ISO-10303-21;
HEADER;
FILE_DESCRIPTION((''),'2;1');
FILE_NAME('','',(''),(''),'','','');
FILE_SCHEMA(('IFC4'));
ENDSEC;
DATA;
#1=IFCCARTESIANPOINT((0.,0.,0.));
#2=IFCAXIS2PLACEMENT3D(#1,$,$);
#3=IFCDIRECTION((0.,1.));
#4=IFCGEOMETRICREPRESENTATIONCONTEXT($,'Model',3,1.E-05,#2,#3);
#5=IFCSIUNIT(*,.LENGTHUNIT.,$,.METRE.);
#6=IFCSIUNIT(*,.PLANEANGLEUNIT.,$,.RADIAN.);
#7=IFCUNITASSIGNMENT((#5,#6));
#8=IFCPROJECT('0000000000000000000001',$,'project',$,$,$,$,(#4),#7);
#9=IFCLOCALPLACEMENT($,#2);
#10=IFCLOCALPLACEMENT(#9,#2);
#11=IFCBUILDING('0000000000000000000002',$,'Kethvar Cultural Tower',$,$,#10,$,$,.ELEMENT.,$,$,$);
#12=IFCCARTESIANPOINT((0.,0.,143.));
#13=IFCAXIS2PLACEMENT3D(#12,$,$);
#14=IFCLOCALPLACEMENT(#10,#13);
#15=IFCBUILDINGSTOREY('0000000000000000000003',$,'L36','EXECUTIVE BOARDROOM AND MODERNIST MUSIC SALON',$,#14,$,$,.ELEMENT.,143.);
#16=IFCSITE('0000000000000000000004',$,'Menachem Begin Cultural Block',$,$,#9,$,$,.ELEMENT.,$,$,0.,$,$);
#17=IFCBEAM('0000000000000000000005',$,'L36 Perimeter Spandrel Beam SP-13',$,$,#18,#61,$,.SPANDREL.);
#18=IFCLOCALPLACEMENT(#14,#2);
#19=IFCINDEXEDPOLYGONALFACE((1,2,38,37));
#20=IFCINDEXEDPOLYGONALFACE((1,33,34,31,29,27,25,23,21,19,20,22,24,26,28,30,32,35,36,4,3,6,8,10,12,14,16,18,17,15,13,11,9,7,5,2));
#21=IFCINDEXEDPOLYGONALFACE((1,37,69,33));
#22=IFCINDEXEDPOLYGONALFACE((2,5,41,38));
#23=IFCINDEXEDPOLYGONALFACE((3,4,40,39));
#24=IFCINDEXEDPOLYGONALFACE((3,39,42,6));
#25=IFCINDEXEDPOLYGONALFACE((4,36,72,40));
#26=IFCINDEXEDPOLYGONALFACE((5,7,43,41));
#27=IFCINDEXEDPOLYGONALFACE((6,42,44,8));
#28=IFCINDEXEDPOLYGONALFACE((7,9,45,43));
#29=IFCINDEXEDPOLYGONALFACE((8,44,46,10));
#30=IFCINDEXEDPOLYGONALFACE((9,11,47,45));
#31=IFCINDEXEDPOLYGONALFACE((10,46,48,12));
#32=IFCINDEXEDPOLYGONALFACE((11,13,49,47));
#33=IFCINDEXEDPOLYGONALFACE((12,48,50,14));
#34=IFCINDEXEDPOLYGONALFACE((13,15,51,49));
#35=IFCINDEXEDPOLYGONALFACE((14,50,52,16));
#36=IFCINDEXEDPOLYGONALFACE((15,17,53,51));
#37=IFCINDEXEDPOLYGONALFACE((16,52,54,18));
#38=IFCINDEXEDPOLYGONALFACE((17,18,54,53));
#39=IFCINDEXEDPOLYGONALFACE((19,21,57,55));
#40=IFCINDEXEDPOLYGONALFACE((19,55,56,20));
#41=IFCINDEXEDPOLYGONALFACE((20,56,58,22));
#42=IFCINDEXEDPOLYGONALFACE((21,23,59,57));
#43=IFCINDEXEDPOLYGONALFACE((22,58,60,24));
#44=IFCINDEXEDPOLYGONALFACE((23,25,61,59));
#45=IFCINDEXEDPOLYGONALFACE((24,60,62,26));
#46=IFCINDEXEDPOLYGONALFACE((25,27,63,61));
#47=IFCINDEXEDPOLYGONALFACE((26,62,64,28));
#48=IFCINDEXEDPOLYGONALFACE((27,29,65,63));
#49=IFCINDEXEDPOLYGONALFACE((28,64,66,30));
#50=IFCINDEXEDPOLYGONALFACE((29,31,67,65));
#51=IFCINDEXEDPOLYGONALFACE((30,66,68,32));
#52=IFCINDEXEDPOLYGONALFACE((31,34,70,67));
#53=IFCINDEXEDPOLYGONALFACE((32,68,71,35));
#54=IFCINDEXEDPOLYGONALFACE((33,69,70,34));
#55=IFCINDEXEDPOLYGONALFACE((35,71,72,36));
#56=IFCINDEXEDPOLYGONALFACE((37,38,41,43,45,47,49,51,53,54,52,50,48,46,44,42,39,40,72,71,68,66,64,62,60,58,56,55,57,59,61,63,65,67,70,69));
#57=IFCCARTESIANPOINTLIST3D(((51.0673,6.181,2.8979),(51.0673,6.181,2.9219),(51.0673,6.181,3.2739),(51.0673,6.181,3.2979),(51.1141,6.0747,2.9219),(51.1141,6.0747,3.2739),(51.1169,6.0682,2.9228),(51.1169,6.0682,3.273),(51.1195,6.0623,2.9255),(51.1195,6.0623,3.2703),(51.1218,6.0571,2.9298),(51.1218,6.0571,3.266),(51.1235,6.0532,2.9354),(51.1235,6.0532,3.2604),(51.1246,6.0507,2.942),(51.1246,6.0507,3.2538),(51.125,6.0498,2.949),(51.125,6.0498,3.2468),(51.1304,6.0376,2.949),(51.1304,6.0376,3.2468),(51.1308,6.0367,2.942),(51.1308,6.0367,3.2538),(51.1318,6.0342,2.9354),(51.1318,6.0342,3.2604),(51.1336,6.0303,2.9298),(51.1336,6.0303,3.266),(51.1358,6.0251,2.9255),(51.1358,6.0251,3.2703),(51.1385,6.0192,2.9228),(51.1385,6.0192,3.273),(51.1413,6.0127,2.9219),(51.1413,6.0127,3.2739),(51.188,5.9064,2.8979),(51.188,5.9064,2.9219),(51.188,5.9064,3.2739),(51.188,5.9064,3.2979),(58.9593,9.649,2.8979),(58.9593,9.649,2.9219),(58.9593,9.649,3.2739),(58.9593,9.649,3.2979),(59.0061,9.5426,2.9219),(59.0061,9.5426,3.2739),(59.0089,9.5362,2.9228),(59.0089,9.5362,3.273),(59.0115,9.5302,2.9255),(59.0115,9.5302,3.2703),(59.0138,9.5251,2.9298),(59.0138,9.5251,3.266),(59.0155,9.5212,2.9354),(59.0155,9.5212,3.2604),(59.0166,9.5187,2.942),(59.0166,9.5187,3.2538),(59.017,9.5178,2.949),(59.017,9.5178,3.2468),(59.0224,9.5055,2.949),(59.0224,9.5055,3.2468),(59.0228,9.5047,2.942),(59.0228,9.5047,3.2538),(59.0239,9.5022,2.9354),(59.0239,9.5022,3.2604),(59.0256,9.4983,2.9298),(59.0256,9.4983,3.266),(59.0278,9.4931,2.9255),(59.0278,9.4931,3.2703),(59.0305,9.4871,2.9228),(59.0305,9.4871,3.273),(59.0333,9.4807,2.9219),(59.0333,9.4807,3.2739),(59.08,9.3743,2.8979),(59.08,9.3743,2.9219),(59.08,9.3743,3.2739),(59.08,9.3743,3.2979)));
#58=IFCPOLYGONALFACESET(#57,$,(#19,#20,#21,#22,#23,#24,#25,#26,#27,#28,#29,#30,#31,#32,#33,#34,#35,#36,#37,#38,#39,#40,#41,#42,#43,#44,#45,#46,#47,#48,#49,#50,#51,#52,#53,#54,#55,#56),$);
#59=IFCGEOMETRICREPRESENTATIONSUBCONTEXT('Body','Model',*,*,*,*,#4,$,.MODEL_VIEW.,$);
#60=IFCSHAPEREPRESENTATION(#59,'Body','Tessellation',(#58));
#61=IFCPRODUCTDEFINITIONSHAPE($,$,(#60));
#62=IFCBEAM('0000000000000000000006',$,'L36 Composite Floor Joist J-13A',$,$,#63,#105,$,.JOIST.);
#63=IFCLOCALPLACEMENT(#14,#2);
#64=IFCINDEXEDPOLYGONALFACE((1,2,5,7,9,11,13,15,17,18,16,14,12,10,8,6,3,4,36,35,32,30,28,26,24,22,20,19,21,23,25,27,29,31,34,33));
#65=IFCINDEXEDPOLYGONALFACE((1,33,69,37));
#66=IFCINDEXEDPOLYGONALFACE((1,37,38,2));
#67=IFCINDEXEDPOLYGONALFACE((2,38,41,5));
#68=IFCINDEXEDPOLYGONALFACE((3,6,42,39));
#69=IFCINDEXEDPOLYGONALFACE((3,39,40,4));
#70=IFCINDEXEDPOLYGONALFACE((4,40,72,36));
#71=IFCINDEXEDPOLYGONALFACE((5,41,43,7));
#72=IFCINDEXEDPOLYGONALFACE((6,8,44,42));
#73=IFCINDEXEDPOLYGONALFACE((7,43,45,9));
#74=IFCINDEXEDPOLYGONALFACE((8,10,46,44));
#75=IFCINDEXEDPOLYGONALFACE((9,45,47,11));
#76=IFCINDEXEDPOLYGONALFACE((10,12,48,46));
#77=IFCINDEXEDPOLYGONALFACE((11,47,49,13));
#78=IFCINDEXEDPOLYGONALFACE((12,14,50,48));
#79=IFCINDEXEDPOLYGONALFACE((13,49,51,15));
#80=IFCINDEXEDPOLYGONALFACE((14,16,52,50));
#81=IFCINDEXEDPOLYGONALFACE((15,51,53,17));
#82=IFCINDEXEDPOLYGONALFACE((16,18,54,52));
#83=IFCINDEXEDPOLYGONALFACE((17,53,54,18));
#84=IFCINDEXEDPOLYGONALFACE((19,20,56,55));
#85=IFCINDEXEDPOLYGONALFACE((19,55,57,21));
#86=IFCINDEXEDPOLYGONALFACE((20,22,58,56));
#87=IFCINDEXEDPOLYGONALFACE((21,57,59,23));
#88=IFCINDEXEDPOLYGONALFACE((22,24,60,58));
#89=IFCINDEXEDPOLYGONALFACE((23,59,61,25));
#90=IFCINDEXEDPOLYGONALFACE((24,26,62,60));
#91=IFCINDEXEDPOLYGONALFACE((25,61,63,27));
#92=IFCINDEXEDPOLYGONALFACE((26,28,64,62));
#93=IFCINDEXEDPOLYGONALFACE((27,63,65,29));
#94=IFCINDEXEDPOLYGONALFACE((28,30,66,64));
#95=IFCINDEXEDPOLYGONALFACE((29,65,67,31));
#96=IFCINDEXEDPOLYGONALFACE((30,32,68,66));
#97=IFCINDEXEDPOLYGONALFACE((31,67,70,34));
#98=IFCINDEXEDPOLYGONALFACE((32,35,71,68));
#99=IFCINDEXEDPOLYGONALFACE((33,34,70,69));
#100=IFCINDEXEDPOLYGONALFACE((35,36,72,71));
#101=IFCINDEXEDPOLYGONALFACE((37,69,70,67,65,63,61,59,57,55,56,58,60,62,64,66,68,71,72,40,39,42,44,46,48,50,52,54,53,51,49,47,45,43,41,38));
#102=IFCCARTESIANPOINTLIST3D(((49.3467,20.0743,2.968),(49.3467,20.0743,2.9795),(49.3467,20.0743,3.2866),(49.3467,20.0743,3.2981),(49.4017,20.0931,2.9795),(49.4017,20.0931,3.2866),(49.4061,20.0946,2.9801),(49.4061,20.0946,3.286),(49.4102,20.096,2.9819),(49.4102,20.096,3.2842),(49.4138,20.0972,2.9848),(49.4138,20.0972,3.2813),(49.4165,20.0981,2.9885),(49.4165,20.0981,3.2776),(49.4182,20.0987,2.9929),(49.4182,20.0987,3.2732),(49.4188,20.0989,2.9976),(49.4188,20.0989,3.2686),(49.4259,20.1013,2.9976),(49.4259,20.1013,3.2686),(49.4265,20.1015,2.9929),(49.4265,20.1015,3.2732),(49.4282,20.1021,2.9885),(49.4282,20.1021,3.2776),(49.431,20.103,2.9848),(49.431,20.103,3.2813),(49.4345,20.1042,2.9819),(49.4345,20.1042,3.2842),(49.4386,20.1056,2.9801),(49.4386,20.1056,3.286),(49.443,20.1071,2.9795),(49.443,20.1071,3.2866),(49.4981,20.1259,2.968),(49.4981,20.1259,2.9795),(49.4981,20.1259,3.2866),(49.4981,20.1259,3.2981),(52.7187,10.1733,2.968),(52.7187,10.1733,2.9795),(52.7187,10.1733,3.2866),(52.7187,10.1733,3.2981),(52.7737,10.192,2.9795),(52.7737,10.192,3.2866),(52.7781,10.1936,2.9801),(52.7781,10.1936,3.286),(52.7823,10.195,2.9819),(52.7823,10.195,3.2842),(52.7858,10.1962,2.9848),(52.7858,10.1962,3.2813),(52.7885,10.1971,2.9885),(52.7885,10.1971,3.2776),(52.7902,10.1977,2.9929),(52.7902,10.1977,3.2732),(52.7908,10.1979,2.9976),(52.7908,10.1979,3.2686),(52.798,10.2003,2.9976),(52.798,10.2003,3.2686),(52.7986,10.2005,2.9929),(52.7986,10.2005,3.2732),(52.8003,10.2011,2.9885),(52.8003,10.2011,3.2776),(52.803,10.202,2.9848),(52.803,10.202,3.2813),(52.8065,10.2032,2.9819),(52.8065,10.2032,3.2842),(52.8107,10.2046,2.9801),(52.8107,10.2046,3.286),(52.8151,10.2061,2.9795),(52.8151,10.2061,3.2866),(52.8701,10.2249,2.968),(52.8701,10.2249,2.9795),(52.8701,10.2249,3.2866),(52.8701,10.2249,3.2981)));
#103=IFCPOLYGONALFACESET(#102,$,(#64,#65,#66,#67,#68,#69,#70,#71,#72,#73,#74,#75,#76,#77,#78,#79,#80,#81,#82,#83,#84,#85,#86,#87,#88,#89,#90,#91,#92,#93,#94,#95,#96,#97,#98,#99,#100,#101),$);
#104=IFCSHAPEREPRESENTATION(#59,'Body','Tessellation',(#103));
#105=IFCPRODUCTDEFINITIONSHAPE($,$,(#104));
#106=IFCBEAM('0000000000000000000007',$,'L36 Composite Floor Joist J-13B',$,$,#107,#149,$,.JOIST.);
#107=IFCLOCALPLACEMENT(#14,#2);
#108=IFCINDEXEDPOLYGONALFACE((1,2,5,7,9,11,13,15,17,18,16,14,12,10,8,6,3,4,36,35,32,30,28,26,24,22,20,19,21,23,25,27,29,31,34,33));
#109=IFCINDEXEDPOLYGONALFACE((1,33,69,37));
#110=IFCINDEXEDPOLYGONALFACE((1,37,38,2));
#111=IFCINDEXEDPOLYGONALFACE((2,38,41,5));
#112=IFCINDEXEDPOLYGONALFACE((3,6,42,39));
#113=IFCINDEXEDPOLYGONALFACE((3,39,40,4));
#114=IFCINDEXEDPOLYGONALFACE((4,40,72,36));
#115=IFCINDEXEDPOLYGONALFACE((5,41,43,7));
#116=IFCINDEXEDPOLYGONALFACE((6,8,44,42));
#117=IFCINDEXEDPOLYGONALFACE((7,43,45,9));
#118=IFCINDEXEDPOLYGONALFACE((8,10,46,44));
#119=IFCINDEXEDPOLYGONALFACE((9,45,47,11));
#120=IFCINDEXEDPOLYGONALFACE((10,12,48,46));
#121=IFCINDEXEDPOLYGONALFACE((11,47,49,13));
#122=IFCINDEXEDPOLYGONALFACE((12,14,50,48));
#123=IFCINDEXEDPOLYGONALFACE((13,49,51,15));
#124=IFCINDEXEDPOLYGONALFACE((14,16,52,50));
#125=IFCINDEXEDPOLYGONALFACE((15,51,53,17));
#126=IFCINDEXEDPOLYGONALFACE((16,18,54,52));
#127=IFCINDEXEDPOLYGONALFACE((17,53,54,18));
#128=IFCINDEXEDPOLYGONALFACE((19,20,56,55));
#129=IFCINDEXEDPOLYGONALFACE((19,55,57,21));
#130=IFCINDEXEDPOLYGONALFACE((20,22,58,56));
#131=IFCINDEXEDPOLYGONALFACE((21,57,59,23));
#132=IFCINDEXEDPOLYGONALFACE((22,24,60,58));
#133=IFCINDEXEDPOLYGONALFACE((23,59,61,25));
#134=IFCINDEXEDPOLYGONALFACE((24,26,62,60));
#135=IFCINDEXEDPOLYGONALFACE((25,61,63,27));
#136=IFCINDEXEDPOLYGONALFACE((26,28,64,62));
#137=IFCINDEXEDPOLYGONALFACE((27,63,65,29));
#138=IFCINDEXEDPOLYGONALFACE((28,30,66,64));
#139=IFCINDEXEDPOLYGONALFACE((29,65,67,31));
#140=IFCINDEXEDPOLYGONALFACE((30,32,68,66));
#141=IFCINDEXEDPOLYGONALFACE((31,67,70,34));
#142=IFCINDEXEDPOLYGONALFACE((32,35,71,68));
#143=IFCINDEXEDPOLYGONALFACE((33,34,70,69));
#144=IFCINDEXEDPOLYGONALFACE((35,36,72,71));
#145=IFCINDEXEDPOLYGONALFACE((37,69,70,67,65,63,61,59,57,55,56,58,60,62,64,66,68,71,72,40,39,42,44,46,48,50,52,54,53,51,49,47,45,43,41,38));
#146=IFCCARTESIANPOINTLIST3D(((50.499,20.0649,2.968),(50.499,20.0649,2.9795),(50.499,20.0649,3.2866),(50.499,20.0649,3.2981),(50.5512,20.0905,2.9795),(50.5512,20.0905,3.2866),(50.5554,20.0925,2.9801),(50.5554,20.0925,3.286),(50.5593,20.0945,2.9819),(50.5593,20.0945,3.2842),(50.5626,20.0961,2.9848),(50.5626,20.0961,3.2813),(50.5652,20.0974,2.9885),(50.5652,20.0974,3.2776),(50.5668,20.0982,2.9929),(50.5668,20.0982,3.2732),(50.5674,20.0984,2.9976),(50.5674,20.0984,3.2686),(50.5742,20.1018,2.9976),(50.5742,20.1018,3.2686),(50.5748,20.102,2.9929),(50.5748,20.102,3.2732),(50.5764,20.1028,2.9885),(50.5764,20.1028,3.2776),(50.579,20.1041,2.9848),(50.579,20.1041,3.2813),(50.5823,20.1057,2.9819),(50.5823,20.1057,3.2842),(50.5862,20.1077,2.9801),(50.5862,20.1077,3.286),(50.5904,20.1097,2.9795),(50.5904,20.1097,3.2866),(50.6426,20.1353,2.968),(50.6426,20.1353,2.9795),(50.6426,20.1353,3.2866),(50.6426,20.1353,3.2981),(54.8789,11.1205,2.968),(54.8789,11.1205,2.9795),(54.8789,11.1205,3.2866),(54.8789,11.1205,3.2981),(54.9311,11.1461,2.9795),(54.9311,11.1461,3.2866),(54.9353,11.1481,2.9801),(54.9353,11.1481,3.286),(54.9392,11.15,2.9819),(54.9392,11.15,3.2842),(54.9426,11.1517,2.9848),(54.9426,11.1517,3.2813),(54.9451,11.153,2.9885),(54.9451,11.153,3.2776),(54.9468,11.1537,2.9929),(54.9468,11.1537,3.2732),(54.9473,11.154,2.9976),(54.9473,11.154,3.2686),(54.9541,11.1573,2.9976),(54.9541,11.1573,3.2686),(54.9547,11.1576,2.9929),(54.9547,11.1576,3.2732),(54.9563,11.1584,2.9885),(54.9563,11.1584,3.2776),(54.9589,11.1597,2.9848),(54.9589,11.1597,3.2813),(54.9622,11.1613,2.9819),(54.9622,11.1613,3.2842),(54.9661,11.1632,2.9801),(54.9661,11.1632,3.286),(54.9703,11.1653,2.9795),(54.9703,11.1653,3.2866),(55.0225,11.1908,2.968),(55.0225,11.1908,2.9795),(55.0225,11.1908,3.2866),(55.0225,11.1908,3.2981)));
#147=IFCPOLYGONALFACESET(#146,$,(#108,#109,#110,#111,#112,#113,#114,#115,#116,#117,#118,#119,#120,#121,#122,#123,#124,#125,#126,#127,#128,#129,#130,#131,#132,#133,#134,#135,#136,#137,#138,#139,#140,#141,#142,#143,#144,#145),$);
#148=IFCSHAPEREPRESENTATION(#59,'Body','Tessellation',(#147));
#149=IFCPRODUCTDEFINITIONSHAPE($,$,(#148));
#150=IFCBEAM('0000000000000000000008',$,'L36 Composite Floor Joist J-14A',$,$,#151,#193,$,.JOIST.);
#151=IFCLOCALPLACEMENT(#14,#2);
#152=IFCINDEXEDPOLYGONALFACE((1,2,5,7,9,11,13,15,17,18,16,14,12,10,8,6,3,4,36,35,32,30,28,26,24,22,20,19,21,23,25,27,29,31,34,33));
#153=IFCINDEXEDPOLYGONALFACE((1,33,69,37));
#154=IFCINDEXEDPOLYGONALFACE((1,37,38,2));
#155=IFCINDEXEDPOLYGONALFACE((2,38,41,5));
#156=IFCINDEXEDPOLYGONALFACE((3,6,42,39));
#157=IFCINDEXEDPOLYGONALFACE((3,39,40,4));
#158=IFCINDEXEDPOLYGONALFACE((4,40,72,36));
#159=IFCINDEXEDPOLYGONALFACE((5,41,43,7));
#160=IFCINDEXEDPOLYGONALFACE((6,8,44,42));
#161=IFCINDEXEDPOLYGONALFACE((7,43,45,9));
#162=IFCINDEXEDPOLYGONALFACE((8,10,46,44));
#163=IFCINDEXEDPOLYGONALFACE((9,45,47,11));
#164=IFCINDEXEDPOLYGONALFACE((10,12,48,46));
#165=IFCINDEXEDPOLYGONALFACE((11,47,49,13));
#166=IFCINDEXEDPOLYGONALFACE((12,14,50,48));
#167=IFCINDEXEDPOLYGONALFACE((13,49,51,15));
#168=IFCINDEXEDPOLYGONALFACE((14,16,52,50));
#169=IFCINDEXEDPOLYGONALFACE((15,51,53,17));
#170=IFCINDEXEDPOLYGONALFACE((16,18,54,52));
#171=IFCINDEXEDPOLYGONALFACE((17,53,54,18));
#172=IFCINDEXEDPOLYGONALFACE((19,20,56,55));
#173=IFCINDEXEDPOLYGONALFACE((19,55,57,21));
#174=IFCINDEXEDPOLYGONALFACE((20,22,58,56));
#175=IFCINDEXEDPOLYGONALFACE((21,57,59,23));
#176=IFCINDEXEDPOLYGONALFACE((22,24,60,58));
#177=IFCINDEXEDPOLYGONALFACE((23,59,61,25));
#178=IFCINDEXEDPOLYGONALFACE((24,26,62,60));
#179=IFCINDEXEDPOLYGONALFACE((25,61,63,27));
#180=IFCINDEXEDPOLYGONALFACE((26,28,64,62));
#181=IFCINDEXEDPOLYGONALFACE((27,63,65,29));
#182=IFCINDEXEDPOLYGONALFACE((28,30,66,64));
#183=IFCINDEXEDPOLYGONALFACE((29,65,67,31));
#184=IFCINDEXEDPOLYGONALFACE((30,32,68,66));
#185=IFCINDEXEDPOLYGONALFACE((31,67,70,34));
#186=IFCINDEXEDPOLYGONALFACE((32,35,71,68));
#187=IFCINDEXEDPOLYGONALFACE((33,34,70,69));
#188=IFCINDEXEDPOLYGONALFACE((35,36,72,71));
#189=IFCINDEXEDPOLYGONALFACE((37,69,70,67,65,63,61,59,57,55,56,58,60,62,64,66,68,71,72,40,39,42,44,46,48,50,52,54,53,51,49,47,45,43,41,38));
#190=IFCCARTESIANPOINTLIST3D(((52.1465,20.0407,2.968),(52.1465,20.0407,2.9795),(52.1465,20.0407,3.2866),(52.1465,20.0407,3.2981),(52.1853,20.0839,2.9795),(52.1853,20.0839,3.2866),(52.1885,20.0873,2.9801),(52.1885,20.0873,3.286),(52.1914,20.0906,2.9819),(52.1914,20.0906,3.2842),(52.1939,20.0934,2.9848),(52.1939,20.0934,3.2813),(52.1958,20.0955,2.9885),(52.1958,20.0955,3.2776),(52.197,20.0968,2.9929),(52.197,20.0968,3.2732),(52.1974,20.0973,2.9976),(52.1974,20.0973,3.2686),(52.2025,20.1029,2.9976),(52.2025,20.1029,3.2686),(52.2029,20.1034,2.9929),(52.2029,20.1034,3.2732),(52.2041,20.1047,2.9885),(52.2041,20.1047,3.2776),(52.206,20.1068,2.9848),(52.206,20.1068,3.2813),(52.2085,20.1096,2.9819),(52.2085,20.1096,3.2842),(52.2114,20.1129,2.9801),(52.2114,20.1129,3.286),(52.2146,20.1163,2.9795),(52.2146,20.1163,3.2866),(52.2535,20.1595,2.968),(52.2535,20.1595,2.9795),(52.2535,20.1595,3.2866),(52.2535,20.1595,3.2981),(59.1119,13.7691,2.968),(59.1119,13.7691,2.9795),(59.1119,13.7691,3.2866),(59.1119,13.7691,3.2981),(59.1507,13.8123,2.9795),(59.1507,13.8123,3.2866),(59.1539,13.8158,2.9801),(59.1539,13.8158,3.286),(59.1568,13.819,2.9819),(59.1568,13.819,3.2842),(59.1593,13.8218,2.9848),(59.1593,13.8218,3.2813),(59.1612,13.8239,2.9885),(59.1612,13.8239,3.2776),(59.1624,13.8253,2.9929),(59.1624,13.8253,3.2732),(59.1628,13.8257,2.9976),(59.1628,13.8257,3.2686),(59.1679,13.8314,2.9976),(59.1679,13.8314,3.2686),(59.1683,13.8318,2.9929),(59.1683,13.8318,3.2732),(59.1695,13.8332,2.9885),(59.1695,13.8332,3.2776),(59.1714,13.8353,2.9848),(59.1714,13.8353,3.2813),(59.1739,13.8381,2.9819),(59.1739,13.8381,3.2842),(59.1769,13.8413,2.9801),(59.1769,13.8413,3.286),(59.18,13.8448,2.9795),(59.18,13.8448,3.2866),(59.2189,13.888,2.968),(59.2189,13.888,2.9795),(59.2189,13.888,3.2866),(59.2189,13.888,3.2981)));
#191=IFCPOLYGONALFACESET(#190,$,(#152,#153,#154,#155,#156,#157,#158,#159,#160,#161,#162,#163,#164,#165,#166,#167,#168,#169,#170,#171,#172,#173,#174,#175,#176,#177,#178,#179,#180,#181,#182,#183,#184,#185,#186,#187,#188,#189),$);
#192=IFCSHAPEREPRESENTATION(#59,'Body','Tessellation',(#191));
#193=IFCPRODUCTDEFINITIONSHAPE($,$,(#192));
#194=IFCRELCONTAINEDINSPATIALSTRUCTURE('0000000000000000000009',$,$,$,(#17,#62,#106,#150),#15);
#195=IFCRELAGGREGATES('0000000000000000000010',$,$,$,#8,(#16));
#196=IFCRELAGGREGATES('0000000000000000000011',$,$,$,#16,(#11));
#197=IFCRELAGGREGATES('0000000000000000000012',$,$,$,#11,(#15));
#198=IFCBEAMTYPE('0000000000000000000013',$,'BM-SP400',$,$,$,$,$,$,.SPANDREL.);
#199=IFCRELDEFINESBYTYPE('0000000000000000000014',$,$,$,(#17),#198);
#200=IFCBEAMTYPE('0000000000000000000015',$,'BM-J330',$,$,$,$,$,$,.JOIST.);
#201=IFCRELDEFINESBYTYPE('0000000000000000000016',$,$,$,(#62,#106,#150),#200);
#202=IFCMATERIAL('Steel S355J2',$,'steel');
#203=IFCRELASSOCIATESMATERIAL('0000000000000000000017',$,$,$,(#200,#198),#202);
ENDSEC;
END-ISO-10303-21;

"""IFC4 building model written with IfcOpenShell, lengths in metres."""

from ifc_helpers import new_model, si_unit, direction, frame, origin, origin_2d, place, context, subcontext, project, spatial, i_section, extrude, source, transform, mapped, material, material_profile, profile_set, type_object, element, save


model = new_model("IFC4")

# Units and contexts
model_context = context("Model", 3, precision=1e-05, world=origin(), true_north=direction((0.0, 1.0)))
body_context = subcontext(model_context, "Body", "Model", "MODEL_VIEW")
ifc_project = project(units=[si_unit("LENGTHUNIT", "METRE"), si_unit("PLANEANGLEUNIT", "RADIAN")], contexts=[model_context])

# Site, building, storey
site_placement = place(None, origin())
site = spatial("IfcSite", under=ifc_project, at=site_placement, Name="Menachem Begin Cultural Block", CompositionType="ELEMENT", RefElevation=0.0)
building_placement = place(site_placement, origin())
building = spatial("IfcBuilding", under=site, at=building_placement, Name="Kethvar Cultural Tower", CompositionType="ELEMENT")
storey_placement = place(building_placement, frame((0.0, 0.0, 143.0)))
storey = spatial("IfcBuildingStorey", under=building, at=storey_placement, Name="L36", Description="EXECUTIVE BOARDROOM AND MODERNIST MUSIC SALON", CompositionType="ELEMENT", Elevation=143.0)

# Beams
ifc_material_1 = material(Name="Steel S355J2", Category="steel")
ifc_material_profile_1 = material_profile(ifc_material_1, i_section(OverallWidth=0.1599, OverallDepth=0.3301, WebThickness=0.0076, FlangeThickness=0.0115, FilletRadius=0.0181, at=origin_2d()), Name="Steel S355J2 — IPE330")
ifc_profile_set_1 = profile_set([ifc_material_profile_1], Name="Steel S355J2 — IPE330")
beam_type_1 = type_object("IfcBeamType", Name="BM-J330", PredefinedType="JOIST", material=ifc_profile_set_1)
ifc_material_profile_2 = material_profile(ifc_material_1, i_section(OverallWidth=0.3, OverallDepth=0.3999, WebThickness=0.0134, FlangeThickness=0.0239, FilletRadius=0.0271, at=origin_2d()), Name="Steel S355J2 — HEB400")
ifc_profile_set_2 = profile_set([ifc_material_profile_2], Name="Steel S355J2 — HEB400")
beam_type_2 = type_object("IfcBeamType", Name="BM-SP400", PredefinedType="SPANDREL", material=ifc_profile_set_2)
shared_shape_1 = source(origin(), body_context, "Body", "SweptSolid", [
    extrude(i_section(OverallWidth=0.3, OverallDepth=0.3999, WebThickness=0.0134, FlangeThickness=0.0239, FilletRadius=0.0271, at=origin_2d()), origin(), (0.0, 0.0, 1.0), 8.6204),
])
beam_1_placement = place(storey_placement, frame((51.1277, 6.0437, 3.0979), z_axis=(0.915507, 0.402301, 0.0), x_axis=(-0.402301, 0.915507, 0.0)))
element("IfcBeam", 1, at=beam_1_placement, inside=storey, type_object=beam_type_2, Name="L36 Perimeter Spandrel Beam SP-13", PredefinedType="SPANDREL", context=body_context, shape_type="MappedRepresentation", body=[
    mapped(shared_shape_1, transform((0.0, 0.0, 0.0), scale=1.0)),
])
shared_shape_2 = source(origin(), body_context, "Body", "SweptSolid", [
    extrude(i_section(OverallWidth=0.1599, OverallDepth=0.3301, WebThickness=0.0076, FlangeThickness=0.0115, FilletRadius=0.0181, at=origin_2d()), origin(), (0.0, 0.0, 1.0), 10.4595),
])
beam_2_placement = place(storey_placement, frame((49.4224, 20.1001, 3.1331), z_axis=(0.32239, -0.946607, 0.0), x_axis=(0.946607, 0.32239, 0.0)))
element("IfcBeam", 2, at=beam_2_placement, inside=storey, type_object=beam_type_1, Name="L36 Composite Floor Joist J-13A", PredefinedType="JOIST", context=body_context, shape_type="MappedRepresentation", body=[
    mapped(shared_shape_2, transform((0.0, 0.0, 0.0), scale=1.0)),
])
shared_shape_3 = source(origin(), body_context, "Body", "SweptSolid", [
    extrude(i_section(OverallWidth=0.1599, OverallDepth=0.3301, WebThickness=0.0076, FlangeThickness=0.0115, FilletRadius=0.0181, at=origin_2d()), origin(), (0.0, 0.0, 1.0), 9.9592),
])
beam_3_placement = place(storey_placement, frame((50.5708, 20.1001, 3.1331), z_axis=(0.439785, -0.898103, 0.0), x_axis=(0.898103, 0.439785, 0.0)))
element("IfcBeam", 3, at=beam_3_placement, inside=storey, type_object=beam_type_1, Name="L36 Composite Floor Joist J-13B", PredefinedType="JOIST", context=body_context, shape_type="MappedRepresentation", body=[
    mapped(shared_shape_3, transform((0.0, 0.0, 0.0), scale=1.0)),
])
shared_shape_4 = source(origin(), body_context, "Body", "SweptSolid", [
    extrude(i_section(OverallWidth=0.1599, OverallDepth=0.3301, WebThickness=0.0076, FlangeThickness=0.0115, FilletRadius=0.0181, at=origin_2d()), origin(), (0.0, 0.0, 1.0), 9.3728),
])
beam_4_placement = place(storey_placement, frame((52.2, 20.1001, 3.1331), z_axis=(0.743152, -0.669123, 0.0), x_axis=(0.669123, 0.743152, 0.0)))
element("IfcBeam", 4, at=beam_4_placement, inside=storey, type_object=beam_type_1, Name="L36 Composite Floor Joist J-14A", PredefinedType="JOIST", context=body_context, shape_type="MappedRepresentation", body=[
    mapped(shared_shape_4, transform((0.0, 0.0, 0.0), scale=1.0)),
])

save(model, "model.ifc")
